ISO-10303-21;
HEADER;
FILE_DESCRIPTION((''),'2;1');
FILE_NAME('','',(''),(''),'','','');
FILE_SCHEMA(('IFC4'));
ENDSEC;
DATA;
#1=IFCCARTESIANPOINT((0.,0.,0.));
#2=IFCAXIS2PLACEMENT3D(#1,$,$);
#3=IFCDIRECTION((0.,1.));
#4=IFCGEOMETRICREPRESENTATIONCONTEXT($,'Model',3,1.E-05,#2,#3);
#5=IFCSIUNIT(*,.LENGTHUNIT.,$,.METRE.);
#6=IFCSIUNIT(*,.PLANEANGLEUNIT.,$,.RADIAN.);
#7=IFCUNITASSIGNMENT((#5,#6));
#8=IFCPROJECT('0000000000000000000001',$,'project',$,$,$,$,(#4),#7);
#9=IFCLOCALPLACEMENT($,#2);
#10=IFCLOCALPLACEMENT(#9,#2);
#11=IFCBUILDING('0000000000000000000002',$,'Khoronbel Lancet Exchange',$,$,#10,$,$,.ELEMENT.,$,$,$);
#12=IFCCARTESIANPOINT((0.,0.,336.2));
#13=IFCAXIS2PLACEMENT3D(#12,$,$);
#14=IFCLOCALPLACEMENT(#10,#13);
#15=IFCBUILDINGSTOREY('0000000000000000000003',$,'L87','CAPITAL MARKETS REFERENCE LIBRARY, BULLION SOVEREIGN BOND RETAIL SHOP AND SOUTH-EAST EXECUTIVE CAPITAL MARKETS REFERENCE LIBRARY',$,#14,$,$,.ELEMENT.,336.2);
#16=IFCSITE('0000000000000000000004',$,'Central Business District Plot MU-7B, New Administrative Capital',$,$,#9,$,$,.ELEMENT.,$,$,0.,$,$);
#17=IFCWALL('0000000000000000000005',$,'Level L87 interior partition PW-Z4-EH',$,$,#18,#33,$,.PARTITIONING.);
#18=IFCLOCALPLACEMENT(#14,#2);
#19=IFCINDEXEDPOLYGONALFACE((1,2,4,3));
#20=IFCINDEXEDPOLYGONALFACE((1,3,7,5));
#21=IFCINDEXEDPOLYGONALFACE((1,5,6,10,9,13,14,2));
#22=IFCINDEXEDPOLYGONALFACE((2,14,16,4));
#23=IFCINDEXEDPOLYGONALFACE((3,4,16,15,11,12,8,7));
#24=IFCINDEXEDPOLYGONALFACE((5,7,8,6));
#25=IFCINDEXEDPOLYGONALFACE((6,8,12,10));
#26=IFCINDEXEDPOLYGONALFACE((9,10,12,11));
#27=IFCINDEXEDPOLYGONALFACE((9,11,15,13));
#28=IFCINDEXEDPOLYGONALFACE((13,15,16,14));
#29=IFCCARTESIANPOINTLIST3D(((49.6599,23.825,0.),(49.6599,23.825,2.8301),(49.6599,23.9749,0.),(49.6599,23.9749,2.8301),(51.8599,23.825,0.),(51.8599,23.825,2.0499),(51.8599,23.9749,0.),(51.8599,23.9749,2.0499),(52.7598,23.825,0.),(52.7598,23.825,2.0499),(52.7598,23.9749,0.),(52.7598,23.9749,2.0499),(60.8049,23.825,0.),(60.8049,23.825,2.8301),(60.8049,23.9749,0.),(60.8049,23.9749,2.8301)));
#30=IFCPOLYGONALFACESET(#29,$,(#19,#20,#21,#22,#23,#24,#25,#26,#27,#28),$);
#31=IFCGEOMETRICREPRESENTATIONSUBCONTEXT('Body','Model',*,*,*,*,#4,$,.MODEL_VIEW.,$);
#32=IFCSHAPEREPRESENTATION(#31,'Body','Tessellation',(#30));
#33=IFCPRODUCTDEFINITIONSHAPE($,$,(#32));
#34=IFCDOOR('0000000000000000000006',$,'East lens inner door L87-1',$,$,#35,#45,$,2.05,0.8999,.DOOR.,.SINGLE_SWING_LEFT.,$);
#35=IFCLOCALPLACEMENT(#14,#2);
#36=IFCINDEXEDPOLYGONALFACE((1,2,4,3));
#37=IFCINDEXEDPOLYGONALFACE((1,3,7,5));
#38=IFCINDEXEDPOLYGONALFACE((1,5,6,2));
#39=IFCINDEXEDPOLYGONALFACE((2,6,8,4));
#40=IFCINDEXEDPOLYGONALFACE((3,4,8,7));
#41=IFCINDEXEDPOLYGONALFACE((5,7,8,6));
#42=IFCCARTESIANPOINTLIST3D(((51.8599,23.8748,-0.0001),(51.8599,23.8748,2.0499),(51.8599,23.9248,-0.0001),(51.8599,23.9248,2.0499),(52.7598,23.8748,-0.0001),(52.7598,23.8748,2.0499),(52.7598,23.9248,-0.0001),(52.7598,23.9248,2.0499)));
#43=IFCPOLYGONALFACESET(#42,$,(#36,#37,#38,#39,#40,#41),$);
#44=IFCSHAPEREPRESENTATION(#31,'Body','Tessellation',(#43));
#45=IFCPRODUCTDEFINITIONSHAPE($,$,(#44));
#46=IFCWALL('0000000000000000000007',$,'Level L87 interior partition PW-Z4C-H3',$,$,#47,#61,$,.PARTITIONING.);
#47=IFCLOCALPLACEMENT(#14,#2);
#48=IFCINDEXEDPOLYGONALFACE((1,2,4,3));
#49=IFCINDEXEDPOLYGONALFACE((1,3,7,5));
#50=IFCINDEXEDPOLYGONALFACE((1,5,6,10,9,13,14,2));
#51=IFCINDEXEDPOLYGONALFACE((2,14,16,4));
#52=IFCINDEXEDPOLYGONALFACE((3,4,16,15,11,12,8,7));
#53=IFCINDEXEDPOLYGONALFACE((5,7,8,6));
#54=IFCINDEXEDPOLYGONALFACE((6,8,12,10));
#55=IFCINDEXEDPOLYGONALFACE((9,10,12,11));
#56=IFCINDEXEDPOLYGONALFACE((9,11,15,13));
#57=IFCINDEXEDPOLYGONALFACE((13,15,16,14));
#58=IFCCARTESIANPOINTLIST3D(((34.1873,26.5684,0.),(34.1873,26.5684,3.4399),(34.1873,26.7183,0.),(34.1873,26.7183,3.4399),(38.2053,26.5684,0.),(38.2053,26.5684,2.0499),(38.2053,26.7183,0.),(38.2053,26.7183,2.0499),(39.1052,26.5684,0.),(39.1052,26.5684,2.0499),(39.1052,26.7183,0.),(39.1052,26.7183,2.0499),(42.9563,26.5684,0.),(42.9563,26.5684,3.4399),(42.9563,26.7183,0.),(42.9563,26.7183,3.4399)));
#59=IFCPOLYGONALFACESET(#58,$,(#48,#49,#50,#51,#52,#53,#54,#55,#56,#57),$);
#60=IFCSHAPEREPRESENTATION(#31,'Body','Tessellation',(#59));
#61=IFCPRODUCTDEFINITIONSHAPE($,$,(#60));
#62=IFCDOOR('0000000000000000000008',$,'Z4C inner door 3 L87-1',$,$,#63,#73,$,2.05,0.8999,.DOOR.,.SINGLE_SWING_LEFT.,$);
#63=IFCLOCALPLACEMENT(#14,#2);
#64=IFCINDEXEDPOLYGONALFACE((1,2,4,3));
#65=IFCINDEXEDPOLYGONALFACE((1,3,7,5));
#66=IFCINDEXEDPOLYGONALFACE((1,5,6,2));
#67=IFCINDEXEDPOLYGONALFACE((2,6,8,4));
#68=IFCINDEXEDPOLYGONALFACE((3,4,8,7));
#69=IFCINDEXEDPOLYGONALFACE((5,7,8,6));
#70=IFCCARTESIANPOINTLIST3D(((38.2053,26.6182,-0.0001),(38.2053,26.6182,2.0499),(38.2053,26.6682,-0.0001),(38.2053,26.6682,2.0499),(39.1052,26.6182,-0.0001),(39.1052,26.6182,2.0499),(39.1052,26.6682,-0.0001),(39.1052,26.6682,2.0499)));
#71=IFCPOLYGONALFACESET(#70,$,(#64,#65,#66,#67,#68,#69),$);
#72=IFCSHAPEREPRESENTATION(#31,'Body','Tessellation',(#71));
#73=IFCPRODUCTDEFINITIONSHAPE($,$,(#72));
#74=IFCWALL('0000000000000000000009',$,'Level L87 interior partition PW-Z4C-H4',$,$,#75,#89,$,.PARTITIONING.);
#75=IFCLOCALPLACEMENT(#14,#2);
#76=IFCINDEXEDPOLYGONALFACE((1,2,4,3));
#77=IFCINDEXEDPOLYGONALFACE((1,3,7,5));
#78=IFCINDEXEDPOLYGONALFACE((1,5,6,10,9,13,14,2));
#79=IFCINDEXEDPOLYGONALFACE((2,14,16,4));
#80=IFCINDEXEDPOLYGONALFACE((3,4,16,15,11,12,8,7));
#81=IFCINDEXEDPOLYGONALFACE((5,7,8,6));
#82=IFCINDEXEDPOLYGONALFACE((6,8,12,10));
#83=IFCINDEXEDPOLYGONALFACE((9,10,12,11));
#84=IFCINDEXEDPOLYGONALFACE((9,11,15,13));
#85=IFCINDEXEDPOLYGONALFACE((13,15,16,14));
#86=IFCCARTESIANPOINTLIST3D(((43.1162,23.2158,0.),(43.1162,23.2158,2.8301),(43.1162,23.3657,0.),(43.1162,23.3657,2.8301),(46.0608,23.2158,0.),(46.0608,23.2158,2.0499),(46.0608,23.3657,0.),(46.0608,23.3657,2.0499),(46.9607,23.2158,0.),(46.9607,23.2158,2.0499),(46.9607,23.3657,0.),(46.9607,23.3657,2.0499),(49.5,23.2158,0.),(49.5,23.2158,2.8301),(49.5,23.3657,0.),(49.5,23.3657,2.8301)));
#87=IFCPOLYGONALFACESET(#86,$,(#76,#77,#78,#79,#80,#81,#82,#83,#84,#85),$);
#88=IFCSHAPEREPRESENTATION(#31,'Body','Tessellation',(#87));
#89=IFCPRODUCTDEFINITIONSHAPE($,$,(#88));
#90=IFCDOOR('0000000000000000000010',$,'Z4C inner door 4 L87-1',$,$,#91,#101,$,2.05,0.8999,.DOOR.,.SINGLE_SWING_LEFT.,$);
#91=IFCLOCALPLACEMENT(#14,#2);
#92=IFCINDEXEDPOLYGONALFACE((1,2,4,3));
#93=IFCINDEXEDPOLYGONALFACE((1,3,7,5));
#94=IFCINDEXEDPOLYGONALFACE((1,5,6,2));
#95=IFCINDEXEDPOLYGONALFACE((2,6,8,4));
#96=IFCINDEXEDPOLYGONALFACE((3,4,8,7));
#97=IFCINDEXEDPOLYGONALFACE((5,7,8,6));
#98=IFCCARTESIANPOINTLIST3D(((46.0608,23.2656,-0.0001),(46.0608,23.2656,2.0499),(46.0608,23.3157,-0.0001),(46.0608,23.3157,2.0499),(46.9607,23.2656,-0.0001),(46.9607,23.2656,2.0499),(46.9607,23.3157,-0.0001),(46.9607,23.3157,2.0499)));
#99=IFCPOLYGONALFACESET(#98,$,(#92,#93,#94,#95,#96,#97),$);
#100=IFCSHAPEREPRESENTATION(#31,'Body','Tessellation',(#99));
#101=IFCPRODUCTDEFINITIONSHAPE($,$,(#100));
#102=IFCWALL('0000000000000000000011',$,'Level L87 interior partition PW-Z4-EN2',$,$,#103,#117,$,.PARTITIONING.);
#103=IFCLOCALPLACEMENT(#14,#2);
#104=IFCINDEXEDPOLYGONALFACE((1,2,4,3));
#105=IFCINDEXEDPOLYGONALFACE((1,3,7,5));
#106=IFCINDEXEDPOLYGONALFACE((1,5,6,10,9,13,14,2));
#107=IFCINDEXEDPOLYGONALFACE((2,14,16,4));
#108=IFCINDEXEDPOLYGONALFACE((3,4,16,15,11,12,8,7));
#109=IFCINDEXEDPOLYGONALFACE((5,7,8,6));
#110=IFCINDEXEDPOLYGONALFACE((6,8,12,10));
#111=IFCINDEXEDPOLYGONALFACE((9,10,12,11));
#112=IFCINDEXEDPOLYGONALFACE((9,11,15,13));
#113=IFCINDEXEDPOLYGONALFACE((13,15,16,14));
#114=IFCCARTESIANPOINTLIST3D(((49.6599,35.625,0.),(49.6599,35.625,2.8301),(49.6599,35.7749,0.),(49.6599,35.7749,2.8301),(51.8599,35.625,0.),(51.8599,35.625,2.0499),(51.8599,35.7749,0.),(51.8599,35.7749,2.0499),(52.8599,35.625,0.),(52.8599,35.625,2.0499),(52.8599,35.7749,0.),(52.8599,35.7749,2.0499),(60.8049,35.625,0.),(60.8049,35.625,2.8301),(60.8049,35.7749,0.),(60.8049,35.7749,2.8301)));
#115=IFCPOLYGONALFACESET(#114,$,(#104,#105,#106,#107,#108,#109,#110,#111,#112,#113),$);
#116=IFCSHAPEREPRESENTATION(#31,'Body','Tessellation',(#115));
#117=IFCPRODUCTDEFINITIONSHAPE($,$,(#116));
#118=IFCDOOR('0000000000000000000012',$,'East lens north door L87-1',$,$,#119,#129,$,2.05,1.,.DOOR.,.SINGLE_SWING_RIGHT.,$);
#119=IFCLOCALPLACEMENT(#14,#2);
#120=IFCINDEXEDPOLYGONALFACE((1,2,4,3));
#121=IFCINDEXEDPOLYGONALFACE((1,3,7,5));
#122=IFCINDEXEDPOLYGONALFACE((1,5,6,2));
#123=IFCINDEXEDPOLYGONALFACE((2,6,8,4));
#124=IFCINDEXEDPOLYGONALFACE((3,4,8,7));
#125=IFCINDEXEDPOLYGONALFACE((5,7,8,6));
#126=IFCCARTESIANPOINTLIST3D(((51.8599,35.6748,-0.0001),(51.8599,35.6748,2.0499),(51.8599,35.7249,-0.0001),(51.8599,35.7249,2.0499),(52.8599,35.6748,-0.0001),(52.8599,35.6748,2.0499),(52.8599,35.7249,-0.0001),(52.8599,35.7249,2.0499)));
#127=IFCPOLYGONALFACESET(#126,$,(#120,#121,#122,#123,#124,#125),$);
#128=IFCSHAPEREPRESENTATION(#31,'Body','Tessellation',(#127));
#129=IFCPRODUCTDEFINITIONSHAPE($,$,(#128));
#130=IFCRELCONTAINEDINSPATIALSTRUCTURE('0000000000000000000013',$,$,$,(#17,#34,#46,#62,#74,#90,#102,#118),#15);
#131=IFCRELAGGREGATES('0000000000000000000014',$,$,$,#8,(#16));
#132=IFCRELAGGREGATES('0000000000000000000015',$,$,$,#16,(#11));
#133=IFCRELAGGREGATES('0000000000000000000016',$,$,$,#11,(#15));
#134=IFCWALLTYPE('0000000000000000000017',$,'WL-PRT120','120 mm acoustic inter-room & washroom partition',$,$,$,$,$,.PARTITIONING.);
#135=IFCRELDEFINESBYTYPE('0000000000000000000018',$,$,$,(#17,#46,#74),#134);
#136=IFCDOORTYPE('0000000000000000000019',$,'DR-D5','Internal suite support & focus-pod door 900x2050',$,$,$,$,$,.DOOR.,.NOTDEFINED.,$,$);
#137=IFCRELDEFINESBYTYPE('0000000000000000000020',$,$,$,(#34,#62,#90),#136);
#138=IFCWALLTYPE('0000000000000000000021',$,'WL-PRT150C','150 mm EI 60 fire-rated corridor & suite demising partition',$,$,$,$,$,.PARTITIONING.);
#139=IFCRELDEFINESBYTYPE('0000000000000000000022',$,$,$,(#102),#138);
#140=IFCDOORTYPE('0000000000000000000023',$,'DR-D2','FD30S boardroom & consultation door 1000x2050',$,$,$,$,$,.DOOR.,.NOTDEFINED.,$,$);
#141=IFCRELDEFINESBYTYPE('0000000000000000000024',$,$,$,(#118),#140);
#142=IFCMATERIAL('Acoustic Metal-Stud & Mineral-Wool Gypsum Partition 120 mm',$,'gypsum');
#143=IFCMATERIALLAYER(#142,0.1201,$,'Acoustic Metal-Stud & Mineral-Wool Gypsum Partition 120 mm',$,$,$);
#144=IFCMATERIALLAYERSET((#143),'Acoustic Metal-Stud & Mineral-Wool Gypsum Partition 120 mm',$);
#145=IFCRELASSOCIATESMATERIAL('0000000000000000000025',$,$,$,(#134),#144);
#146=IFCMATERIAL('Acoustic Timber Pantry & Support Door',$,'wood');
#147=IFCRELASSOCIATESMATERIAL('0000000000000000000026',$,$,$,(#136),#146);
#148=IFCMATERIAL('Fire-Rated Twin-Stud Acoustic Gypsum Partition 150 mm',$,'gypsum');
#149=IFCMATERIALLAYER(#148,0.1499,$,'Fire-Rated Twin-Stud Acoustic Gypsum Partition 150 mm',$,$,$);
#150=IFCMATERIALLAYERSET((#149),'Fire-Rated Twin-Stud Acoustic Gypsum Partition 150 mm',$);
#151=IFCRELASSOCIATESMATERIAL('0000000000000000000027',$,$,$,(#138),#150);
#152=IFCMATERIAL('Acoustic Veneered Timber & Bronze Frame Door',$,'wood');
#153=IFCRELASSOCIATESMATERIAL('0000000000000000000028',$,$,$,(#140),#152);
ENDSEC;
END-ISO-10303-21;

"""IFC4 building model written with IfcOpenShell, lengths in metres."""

from ifc_helpers import new_model, si_unit, direction, frame, frame_2d, origin, place, context, subcontext, project, spatial, rectangle, extrude, material, layer, layer_set, type_object, element, fill, save


model = new_model("IFC4")

# Units and contexts
model_context = context("Model", 3, precision=1e-05, world=origin(), true_north=direction((0.0, 1.0)))
body_context = subcontext(model_context, "Body", "Model", "MODEL_VIEW")
ifc_project = project(units=[si_unit("LENGTHUNIT", "METRE"), si_unit("PLANEANGLEUNIT", "RADIAN")], contexts=[model_context])

# Site, building, storey
site_placement = place(None, origin())
site = spatial("IfcSite", under=ifc_project, at=site_placement, Name="Central Business District Plot MU-7B, New Administrative Capital", CompositionType="ELEMENT", RefElevation=0.0)
building_placement = place(site_placement, origin())
building = spatial("IfcBuilding", under=site, at=building_placement, Name="Khoronbel Lancet Exchange", CompositionType="ELEMENT")
storey_placement = place(building_placement, frame((0.0, 0.0, 336.2)))
storey = spatial("IfcBuildingStorey", under=building, at=storey_placement, Name="L87", Description="CAPITAL MARKETS REFERENCE LIBRARY, BULLION SOVEREIGN BOND RETAIL SHOP AND SOUTH-EAST EXECUTIVE CAPITAL MARKETS REFERENCE LIBRARY", CompositionType="ELEMENT", Elevation=336.2)

# Walls, openings, doors
ifc_material_1 = material(Name="Acoustic Metal-Stud & Mineral-Wool Gypsum Partition 120 mm", Category="gypsum")
ifc_layer_1 = layer(ifc_material_1, 0.1201, Name="Acoustic Metal-Stud & Mineral-Wool Gypsum Partition 120 mm")
ifc_layer_set_1 = layer_set([ifc_layer_1], Name="Acoustic Metal-Stud & Mineral-Wool Gypsum Partition 120 mm")
wall_type_1 = type_object("IfcWallType", Name="WL-PRT120", Description="120 mm acoustic inter-room & washroom partition", PredefinedType="PARTITIONING", material=ifc_layer_set_1)
wall_1_placement = place(storey_placement, frame((49.6599, 23.8999, 0.0), z_axis=(0.0, 0.0, 1.0), x_axis=(1.0, 0.0, 0.0)))
wall_1 = element("IfcWall", 1, at=wall_1_placement, inside=storey, type_object=wall_type_1, Name="Level L87 interior partition PW-Z4-EH", PredefinedType="PARTITIONING", context=body_context, shape_type="SweptSolid", body=[
    extrude(rectangle(XDim=11.145, YDim=0.1499, at=frame_2d((5.5725, 0.0))), origin(), (0.0, 0.0, 1.0), 2.8301),
])
opening_1_placement = place(wall_1_placement, frame((2.2, 0.0, 0.0)))
opening_1 = element("IfcOpeningElement", 2, at=opening_1_placement, cuts=wall_1, PredefinedType="OPENING", context=body_context, shape_type="SweptSolid", body=[
    extrude(rectangle(XDim=0.8999, YDim=2.05, at=frame_2d((0.45, 1.0249))), frame((0.0, 0.085, 0.0), z_axis=(0.0, -1.0, 0.0), x_axis=(1.0, 0.0, 0.0)), (0.0, 0.0, 1.0), 0.1699),
])
ifc_material_2 = material(Name="Acoustic Timber Pantry & Support Door", Category="wood")
door_type_1 = type_object("IfcDoorType", Name="DR-D5", Description="Internal suite support & focus-pod door 900x2050", OperationType="NOTDEFINED", PredefinedType="DOOR", material=ifc_material_2)
door_1_placement = place(opening_1_placement, origin())
door_1 = element("IfcDoor", 3, at=door_1_placement, inside=storey, type_object=door_type_1, Name="East lens inner door L87-1", OperationType="SINGLE_SWING_LEFT", OverallHeight=2.05, OverallWidth=0.8999, PredefinedType="DOOR", context=body_context, shape_type="SweptSolid", body=[
    extrude(rectangle(XDim=0.8999, YDim=2.05, at=frame_2d((0.45, 1.0249))), frame((0.0, 0.0249, 0.0), z_axis=(0.0, -1.0, 0.0), x_axis=(1.0, 0.0, 0.0)), (0.0, 0.0, 1.0), 0.05),
])
fill(opening_1, door_1)
wall_2_placement = place(storey_placement, frame((34.1873, 26.6433, 0.0), z_axis=(0.0, 0.0, 1.0), x_axis=(1.0, 0.0, 0.0)))
wall_2 = element("IfcWall", 4, at=wall_2_placement, inside=storey, type_object=wall_type_1, Name="Level L87 interior partition PW-Z4C-H3", PredefinedType="PARTITIONING", context=body_context, shape_type="SweptSolid", body=[
    extrude(rectangle(XDim=8.769, YDim=0.1499, at=frame_2d((4.3845, 0.0))), origin(), (0.0, 0.0, 1.0), 3.4399),
])
opening_2_placement = place(wall_2_placement, frame((4.0181, 0.0, 0.0)))
opening_2 = element("IfcOpeningElement", 5, at=opening_2_placement, cuts=wall_2, PredefinedType="OPENING", context=body_context, shape_type="SweptSolid", body=[
    extrude(rectangle(XDim=0.8999, YDim=2.05, at=frame_2d((0.45, 1.0249))), frame((0.0, 0.085, 0.0), z_axis=(0.0, -1.0, 0.0), x_axis=(1.0, 0.0, 0.0)), (0.0, 0.0, 1.0), 0.1699),
])
door_2_placement = place(opening_2_placement, origin())
door_2 = element("IfcDoor", 6, at=door_2_placement, inside=storey, type_object=door_type_1, Name="Z4C inner door 3 L87-1", OperationType="SINGLE_SWING_LEFT", OverallHeight=2.05, OverallWidth=0.8999, PredefinedType="DOOR", context=body_context, shape_type="SweptSolid", body=[
    extrude(rectangle(XDim=0.8999, YDim=2.05, at=frame_2d((0.45, 1.0249))), frame((0.0, 0.0249, 0.0), z_axis=(0.0, -1.0, 0.0), x_axis=(1.0, 0.0, 0.0)), (0.0, 0.0, 1.0), 0.05),
])
fill(opening_2, door_2)
wall_3_placement = place(storey_placement, frame((43.1162, 23.2908, 0.0), z_axis=(0.0, 0.0, 1.0), x_axis=(1.0, 0.0, 0.0)))
wall_3 = element("IfcWall", 7, at=wall_3_placement, inside=storey, type_object=wall_type_1, Name="Level L87 interior partition PW-Z4C-H4", PredefinedType="PARTITIONING", context=body_context, shape_type="SweptSolid", body=[
    extrude(rectangle(XDim=6.3838, YDim=0.1499, at=frame_2d((3.1919, 0.0))), origin(), (0.0, 0.0, 1.0), 2.8301),
])
opening_3_placement = place(wall_3_placement, frame((2.9446, 0.0, 0.0)))
opening_3 = element("IfcOpeningElement", 8, at=opening_3_placement, cuts=wall_3, PredefinedType="OPENING", context=body_context, shape_type="SweptSolid", body=[
    extrude(rectangle(XDim=0.8999, YDim=2.05, at=frame_2d((0.45, 1.0249))), frame((0.0, 0.085, 0.0), z_axis=(0.0, -1.0, 0.0), x_axis=(1.0, 0.0, 0.0)), (0.0, 0.0, 1.0), 0.1699),
])
door_3_placement = place(opening_3_placement, origin())
door_3 = element("IfcDoor", 9, at=door_3_placement, inside=storey, type_object=door_type_1, Name="Z4C inner door 4 L87-1", OperationType="SINGLE_SWING_LEFT", OverallHeight=2.05, OverallWidth=0.8999, PredefinedType="DOOR", context=body_context, shape_type="SweptSolid", body=[
    extrude(rectangle(XDim=0.8999, YDim=2.05, at=frame_2d((0.45, 1.0249))), frame((0.0, 0.0249, 0.0), z_axis=(0.0, -1.0, 0.0), x_axis=(1.0, 0.0, 0.0)), (0.0, 0.0, 1.0), 0.05),
])
fill(opening_3, door_3)
ifc_material_3 = material(Name="Fire-Rated Twin-Stud Acoustic Gypsum Partition 150 mm", Category="gypsum")
ifc_layer_2 = layer(ifc_material_3, 0.1499, Name="Fire-Rated Twin-Stud Acoustic Gypsum Partition 150 mm")
ifc_layer_set_2 = layer_set([ifc_layer_2], Name="Fire-Rated Twin-Stud Acoustic Gypsum Partition 150 mm")
wall_type_2 = type_object("IfcWallType", Name="WL-PRT150C", Description="150 mm EI 60 fire-rated corridor & suite demising partition", PredefinedType="PARTITIONING", material=ifc_layer_set_2)
wall_4_placement = place(storey_placement, frame((49.6599, 35.7, 0.0), z_axis=(0.0, 0.0, 1.0), x_axis=(1.0, 0.0, 0.0)))
wall_4 = element("IfcWall", 10, at=wall_4_placement, inside=storey, type_object=wall_type_2, Name="Level L87 interior partition PW-Z4-EN2", PredefinedType="PARTITIONING", context=body_context, shape_type="SweptSolid", body=[
    extrude(rectangle(XDim=11.145, YDim=0.1499, at=frame_2d((5.5725, 0.0))), origin(), (0.0, 0.0, 1.0), 2.8301),
])
opening_4_placement = place(wall_4_placement, frame((2.2, 0.0, 0.0)))
opening_4 = element("IfcOpeningElement", 11, at=opening_4_placement, cuts=wall_4, PredefinedType="OPENING", context=body_context, shape_type="SweptSolid", body=[
    extrude(rectangle(XDim=1.0, YDim=2.05, at=frame_2d((0.5, 1.0249))), frame((0.0, 0.085, 0.0), z_axis=(0.0, -1.0, 0.0), x_axis=(1.0, 0.0, 0.0)), (0.0, 0.0, 1.0), 0.1699),
])
ifc_material_4 = material(Name="Acoustic Veneered Timber & Bronze Frame Door", Category="wood")
door_type_2 = type_object("IfcDoorType", Name="DR-D2", Description="FD30S boardroom & consultation door 1000x2050", OperationType="NOTDEFINED", PredefinedType="DOOR", material=ifc_material_4)
door_4_placement = place(opening_4_placement, origin())
door_4 = element("IfcDoor", 12, at=door_4_placement, inside=storey, type_object=door_type_2, Name="East lens north door L87-1", OperationType="SINGLE_SWING_RIGHT", OverallHeight=2.05, OverallWidth=1.0, PredefinedType="DOOR", context=body_context, shape_type="SweptSolid", body=[
    extrude(rectangle(XDim=1.0, YDim=2.05, at=frame_2d((0.5, 1.0249))), frame((0.0, 0.0249, 0.0), z_axis=(0.0, -1.0, 0.0), x_axis=(1.0, 0.0, 0.0)), (0.0, 0.0, 1.0), 0.05),
])
fill(opening_4, door_4)

save(model, "model.ifc")
